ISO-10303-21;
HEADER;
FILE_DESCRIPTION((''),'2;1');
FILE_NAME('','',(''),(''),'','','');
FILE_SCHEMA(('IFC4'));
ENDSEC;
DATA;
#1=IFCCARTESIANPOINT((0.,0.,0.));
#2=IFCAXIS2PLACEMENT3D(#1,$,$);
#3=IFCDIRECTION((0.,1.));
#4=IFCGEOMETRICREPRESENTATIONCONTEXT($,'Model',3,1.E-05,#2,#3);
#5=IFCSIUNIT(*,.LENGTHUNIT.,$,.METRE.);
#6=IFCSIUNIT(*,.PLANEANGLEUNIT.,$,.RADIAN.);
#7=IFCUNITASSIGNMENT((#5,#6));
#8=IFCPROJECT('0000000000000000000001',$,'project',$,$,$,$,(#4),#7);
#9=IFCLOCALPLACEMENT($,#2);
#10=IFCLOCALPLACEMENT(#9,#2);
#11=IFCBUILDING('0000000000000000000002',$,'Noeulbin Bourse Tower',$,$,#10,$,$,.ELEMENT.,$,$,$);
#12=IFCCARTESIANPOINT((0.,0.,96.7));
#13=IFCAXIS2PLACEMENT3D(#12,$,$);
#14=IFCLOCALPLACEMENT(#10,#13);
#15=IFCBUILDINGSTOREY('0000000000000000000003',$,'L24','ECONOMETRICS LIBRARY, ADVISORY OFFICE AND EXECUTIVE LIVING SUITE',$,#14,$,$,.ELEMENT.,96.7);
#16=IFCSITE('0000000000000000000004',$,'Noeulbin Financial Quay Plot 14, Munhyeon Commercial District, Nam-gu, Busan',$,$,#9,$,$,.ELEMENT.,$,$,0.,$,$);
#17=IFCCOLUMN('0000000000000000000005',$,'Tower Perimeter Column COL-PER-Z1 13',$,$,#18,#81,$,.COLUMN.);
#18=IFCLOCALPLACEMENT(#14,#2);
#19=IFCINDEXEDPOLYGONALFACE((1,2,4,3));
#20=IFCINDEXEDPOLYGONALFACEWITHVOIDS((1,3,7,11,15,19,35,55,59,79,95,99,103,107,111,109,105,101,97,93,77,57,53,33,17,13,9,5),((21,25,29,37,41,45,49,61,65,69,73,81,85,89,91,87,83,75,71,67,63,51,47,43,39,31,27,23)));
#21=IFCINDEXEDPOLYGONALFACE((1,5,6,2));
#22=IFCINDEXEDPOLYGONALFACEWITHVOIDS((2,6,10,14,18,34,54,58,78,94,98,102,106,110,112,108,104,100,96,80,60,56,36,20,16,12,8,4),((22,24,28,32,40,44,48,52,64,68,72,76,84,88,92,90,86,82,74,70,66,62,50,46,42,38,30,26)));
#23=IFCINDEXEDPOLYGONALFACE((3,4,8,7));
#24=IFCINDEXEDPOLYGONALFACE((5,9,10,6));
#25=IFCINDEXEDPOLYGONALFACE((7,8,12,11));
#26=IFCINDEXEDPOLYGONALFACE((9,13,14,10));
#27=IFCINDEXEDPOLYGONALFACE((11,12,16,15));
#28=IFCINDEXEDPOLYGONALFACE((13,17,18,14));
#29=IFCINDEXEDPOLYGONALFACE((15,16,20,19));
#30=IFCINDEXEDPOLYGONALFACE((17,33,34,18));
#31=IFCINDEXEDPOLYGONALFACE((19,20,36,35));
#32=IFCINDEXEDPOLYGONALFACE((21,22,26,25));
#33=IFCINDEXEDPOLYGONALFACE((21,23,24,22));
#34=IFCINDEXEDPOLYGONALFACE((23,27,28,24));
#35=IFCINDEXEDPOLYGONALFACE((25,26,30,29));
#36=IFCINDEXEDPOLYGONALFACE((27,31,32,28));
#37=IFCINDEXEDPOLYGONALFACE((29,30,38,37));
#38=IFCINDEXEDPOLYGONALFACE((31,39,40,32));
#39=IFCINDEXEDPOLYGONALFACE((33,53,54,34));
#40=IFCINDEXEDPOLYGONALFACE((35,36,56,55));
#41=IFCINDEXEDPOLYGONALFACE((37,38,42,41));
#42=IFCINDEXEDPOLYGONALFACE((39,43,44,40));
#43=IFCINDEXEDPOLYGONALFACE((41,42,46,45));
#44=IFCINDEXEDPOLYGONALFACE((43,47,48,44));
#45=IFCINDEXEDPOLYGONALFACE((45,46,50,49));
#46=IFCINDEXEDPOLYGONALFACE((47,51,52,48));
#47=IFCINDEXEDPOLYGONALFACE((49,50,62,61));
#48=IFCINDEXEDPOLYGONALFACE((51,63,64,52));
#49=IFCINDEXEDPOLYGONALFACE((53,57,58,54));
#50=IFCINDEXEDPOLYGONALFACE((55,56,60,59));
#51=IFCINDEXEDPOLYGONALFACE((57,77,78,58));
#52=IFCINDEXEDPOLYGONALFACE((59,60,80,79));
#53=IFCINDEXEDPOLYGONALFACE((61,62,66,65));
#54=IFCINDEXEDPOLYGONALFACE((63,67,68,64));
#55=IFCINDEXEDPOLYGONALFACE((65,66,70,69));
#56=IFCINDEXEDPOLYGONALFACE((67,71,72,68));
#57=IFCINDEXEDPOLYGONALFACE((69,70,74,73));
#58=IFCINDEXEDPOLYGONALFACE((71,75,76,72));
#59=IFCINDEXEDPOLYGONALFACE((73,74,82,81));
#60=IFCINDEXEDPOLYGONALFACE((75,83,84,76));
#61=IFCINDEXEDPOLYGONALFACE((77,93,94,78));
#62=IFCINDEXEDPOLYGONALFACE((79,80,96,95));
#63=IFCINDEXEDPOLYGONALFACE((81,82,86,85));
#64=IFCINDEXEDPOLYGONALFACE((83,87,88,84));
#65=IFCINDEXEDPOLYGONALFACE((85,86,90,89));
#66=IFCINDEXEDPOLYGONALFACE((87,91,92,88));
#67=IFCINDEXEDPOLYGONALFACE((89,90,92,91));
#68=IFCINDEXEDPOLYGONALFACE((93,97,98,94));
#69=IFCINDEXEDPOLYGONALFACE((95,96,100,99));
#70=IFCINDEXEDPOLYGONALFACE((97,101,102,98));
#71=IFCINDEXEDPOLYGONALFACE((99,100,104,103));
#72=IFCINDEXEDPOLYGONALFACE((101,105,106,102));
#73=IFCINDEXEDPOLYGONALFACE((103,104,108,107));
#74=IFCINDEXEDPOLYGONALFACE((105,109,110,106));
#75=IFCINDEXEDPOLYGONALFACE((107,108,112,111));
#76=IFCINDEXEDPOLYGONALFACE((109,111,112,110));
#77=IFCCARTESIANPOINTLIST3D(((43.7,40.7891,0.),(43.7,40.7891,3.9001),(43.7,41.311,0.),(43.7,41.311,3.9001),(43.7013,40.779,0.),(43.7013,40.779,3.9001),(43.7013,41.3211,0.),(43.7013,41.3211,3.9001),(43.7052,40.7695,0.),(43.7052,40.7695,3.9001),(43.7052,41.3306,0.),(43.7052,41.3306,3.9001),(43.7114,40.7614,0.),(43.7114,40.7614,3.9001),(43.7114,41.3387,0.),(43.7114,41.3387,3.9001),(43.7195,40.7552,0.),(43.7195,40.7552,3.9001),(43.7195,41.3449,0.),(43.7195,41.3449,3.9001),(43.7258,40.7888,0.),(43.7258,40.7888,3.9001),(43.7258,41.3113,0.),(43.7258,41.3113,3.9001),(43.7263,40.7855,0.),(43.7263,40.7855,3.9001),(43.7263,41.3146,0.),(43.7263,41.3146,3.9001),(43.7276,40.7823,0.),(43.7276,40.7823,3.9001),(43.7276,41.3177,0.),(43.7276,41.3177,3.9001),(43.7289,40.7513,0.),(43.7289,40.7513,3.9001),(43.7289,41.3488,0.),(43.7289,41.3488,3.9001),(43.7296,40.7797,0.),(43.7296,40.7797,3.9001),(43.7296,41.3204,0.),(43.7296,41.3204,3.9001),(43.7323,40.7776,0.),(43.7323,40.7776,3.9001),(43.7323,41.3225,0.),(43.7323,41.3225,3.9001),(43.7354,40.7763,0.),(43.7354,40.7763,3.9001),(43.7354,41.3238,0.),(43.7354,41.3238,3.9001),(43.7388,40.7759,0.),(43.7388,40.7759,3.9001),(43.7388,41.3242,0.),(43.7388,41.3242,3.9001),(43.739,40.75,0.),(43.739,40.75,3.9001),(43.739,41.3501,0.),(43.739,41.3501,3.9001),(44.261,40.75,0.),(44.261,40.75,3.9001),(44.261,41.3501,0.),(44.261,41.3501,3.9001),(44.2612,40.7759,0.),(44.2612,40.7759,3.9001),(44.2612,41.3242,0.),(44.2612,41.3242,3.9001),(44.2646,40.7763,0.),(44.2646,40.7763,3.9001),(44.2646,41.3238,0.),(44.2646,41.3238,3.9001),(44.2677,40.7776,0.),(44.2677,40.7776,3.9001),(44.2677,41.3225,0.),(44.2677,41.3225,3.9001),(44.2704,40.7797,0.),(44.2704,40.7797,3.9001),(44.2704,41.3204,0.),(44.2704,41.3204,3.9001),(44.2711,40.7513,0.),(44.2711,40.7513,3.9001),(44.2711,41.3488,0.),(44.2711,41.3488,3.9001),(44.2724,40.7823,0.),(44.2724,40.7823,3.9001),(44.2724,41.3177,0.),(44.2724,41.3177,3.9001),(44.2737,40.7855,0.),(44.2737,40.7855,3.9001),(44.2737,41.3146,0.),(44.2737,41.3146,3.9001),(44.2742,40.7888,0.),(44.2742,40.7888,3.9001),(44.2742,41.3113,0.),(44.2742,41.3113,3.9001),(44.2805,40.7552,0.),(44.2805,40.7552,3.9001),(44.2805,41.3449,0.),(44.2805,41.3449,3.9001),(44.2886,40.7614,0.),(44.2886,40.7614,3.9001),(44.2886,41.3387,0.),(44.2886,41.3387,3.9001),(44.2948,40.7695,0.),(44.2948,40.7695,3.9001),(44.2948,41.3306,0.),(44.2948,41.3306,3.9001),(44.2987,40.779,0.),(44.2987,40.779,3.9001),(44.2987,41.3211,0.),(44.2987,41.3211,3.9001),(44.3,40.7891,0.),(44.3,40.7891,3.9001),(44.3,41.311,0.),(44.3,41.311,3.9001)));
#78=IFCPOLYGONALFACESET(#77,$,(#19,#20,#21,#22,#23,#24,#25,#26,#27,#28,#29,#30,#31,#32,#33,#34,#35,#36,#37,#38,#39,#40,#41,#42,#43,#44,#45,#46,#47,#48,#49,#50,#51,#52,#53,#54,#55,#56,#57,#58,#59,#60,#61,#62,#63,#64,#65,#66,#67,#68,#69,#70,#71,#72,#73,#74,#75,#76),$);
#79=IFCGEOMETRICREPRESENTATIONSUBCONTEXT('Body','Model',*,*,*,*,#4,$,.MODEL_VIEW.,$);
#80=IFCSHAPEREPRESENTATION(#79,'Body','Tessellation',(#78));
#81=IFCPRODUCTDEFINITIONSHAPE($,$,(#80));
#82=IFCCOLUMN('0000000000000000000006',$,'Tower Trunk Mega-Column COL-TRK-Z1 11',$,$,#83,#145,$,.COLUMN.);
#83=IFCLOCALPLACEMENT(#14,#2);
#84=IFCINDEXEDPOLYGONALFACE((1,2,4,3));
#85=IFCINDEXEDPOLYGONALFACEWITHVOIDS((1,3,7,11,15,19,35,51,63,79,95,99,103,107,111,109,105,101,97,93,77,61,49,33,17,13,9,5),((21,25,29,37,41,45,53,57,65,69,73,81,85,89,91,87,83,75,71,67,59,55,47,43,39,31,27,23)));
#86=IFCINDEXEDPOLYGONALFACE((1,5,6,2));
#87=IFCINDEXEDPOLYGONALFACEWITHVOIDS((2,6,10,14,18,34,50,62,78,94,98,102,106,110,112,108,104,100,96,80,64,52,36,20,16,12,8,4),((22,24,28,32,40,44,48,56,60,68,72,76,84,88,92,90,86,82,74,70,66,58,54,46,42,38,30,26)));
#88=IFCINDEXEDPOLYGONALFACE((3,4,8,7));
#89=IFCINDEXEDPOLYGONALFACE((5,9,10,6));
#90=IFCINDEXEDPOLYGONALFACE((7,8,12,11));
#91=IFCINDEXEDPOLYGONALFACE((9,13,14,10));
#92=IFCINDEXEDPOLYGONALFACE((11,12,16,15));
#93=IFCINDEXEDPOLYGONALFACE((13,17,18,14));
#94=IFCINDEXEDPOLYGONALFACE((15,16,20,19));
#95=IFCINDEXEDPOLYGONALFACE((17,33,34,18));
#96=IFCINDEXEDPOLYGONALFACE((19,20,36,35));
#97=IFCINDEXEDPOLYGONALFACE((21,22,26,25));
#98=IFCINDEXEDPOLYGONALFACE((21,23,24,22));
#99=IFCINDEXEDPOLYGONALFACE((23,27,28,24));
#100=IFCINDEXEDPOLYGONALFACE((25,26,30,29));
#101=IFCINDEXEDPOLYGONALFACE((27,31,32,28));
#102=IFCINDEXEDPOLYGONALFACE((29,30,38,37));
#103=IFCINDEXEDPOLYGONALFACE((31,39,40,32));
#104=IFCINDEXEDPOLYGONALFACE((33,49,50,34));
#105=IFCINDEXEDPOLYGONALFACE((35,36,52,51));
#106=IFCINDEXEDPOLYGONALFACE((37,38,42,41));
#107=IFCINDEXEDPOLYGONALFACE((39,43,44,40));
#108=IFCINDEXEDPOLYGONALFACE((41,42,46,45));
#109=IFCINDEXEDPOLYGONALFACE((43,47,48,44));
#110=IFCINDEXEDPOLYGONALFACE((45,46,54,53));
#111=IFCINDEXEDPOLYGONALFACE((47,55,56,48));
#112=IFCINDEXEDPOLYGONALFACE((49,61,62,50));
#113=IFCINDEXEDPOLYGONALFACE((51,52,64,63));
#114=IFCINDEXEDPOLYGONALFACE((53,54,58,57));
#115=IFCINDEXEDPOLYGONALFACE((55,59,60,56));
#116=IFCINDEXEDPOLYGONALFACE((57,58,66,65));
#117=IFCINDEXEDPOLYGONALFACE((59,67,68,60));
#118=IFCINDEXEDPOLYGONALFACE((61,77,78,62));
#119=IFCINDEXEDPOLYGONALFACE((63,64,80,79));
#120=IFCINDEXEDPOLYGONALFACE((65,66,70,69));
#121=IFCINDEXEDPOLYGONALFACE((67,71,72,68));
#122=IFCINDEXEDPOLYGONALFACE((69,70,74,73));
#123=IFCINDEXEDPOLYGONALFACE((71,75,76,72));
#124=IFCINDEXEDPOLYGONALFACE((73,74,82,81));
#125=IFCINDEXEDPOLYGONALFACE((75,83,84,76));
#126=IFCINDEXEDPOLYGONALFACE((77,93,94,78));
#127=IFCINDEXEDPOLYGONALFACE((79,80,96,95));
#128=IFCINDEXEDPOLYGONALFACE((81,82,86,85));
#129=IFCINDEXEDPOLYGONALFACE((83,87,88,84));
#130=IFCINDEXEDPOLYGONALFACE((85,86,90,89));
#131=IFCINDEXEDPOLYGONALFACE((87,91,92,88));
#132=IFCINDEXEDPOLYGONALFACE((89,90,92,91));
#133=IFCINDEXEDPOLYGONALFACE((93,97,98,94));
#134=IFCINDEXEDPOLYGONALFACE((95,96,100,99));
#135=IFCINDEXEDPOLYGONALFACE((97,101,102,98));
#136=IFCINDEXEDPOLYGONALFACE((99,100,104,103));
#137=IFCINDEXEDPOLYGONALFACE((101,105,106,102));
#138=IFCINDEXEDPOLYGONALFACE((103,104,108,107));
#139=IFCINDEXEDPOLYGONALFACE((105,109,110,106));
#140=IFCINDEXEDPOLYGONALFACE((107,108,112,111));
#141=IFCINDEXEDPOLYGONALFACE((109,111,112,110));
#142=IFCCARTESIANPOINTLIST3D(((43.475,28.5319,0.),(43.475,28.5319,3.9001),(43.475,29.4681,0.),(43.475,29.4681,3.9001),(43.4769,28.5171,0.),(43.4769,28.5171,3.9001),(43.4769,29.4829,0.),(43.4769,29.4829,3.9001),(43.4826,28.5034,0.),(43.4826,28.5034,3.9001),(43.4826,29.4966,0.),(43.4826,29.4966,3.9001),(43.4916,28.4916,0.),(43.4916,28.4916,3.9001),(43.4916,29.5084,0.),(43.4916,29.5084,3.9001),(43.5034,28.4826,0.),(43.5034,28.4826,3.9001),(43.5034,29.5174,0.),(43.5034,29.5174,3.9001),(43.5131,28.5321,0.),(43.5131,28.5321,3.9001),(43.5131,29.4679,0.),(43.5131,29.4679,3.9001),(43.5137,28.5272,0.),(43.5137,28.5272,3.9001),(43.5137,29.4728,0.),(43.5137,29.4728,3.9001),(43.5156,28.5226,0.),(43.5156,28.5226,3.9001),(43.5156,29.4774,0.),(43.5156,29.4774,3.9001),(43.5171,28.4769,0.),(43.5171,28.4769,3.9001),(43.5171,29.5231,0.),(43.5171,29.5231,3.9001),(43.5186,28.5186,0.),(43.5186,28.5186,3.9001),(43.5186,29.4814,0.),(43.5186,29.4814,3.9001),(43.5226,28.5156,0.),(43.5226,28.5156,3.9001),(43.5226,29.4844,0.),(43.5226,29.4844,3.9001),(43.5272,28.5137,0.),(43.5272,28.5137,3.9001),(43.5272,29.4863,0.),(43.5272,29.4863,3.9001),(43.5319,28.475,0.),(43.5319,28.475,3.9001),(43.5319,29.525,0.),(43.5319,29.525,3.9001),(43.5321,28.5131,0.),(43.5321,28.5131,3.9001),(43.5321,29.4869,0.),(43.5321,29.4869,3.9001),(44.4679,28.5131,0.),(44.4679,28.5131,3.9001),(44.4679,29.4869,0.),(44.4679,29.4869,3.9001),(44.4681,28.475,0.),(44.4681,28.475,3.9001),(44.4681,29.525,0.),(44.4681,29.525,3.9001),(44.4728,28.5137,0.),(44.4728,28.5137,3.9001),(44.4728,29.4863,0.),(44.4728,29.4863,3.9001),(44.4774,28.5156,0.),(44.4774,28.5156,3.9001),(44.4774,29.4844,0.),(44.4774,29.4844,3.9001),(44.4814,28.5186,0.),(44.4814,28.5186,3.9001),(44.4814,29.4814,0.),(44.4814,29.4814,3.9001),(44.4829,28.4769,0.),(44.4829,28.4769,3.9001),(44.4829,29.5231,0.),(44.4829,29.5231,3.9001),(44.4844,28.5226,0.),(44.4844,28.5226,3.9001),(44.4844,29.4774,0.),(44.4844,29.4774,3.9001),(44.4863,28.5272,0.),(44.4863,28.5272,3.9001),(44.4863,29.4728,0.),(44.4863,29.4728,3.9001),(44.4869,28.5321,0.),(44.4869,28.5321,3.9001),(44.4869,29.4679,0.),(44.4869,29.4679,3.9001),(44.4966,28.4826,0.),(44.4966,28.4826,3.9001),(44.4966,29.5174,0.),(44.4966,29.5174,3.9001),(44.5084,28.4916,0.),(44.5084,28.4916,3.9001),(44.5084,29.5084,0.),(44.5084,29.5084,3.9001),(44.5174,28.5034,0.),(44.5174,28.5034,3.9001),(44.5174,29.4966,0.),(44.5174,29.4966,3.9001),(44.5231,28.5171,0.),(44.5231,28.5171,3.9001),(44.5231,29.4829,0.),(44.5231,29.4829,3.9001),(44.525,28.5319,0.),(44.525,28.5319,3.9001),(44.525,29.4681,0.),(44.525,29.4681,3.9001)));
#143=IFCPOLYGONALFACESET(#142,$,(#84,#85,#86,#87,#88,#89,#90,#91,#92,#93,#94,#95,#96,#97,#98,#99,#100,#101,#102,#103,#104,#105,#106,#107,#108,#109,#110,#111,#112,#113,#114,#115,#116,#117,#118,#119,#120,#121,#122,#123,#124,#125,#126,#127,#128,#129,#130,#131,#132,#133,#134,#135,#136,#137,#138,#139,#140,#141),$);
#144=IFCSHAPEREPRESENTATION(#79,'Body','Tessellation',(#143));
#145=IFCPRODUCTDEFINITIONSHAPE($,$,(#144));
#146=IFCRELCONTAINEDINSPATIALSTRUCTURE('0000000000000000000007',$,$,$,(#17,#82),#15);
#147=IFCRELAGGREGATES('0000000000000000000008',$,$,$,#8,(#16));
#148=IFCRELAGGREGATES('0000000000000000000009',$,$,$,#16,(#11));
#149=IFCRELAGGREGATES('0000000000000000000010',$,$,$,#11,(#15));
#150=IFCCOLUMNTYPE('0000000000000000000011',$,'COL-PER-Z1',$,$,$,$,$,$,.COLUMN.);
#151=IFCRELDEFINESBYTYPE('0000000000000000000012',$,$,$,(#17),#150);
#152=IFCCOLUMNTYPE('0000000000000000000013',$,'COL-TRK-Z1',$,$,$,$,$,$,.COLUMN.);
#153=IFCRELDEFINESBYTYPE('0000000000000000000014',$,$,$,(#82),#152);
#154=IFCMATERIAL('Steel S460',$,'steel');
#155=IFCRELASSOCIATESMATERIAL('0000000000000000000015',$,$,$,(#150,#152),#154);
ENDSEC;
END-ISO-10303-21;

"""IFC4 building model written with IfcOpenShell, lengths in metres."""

from ifc_helpers import new_model, si_unit, direction, frame, origin, origin_2d, place, context, subcontext, project, spatial, hollow_rectangle, extrude, material, material_profile, profile_set, type_object, element, save


model = new_model("IFC4")

# Units and contexts
model_context = context("Model", 3, precision=1e-05, world=origin(), true_north=direction((0.0, 1.0)))
body_context = subcontext(model_context, "Body", "Model", "MODEL_VIEW")
ifc_project = project(units=[si_unit("LENGTHUNIT", "METRE"), si_unit("PLANEANGLEUNIT", "RADIAN")], contexts=[model_context])

# Site, building, storey
site_placement = place(None, origin())
site = spatial("IfcSite", under=ifc_project, at=site_placement, Name="Noeulbin Financial Quay Plot 14, Munhyeon Commercial District, Nam-gu, Busan", CompositionType="ELEMENT", RefElevation=0.0)
building_placement = place(site_placement, origin())
building = spatial("IfcBuilding", under=site, at=building_placement, Name="Noeulbin Bourse Tower", CompositionType="ELEMENT")
storey_placement = place(building_placement, frame((0.0, 0.0, 96.7)))
storey = spatial("IfcBuildingStorey", under=building, at=storey_placement, Name="L24", Description="ECONOMETRICS LIBRARY, ADVISORY OFFICE AND EXECUTIVE LIVING SUITE", CompositionType="ELEMENT", Elevation=96.7)

# Columns
ifc_material_1 = material(Name="Steel S460", Category="steel")
ifc_material_profile_1 = material_profile(ifc_material_1, hollow_rectangle(XDim=0.6001, YDim=0.6001, WallThickness=0.0259, InnerFilletRadius=0.0129, OuterFilletRadius=0.0391, at=origin_2d()), Name="BOX-600x600x26", Category="LoadBearing")
ifc_profile_set_1 = profile_set([ifc_material_profile_1], Name="Steel S460")
column_type_1 = type_object("IfcColumnType", Name="COL-PER-Z1", PredefinedType="COLUMN", material=ifc_profile_set_1)
column_placement = place(storey_placement, frame((44.0, 41.05, 0.0), z_axis=(0.0, 0.0, 1.0), x_axis=(1.0, 0.0, 0.0)))
element("IfcColumn", 1, at=column_placement, inside=storey, type_object=column_type_1, Name="Tower Perimeter Column COL-PER-Z1 13", PredefinedType="COLUMN", context=body_context, shape_type="SweptSolid", body=[
    extrude(hollow_rectangle(XDim=0.6001, YDim=0.6001, WallThickness=0.0259, InnerFilletRadius=0.0129, OuterFilletRadius=0.0391, at=origin_2d()), origin(), (0.0, 0.0, 1.0), 3.9001),
])
ifc_material_profile_2 = material_profile(ifc_material_1, hollow_rectangle(XDim=1.05, YDim=1.05, WallThickness=0.0381, InnerFilletRadius=0.019, OuterFilletRadius=0.0569, at=origin_2d()), Name="BOX-1050x1050x38", Category="LoadBearing")
ifc_profile_set_2 = profile_set([ifc_material_profile_2], Name="Steel S460")
column_type_2 = type_object("IfcColumnType", Name="COL-TRK-Z1", PredefinedType="COLUMN", material=ifc_profile_set_2)
for number, where, z_axis, x_axis, name in (
    (2, (44.0, 29.0, 0.0), (0.0, 0.0, 1.0), (1.0, 0.0, 0.0), "Tower Trunk Mega-Column COL-TRK-Z1 11"),
):
    element("IfcColumn", number, at=place(storey_placement, frame(where, z_axis=z_axis, x_axis=x_axis)), inside=storey, type_object=column_type_2, Name=name, PredefinedType="COLUMN", context=body_context, shape_type="SweptSolid", body=[
        extrude(hollow_rectangle(XDim=1.05, YDim=1.05, WallThickness=0.0381, InnerFilletRadius=0.019, OuterFilletRadius=0.0569, at=origin_2d()), origin(), (0.0, 0.0, 1.0), 3.9001),
    ])

save(model, "model.ifc")
